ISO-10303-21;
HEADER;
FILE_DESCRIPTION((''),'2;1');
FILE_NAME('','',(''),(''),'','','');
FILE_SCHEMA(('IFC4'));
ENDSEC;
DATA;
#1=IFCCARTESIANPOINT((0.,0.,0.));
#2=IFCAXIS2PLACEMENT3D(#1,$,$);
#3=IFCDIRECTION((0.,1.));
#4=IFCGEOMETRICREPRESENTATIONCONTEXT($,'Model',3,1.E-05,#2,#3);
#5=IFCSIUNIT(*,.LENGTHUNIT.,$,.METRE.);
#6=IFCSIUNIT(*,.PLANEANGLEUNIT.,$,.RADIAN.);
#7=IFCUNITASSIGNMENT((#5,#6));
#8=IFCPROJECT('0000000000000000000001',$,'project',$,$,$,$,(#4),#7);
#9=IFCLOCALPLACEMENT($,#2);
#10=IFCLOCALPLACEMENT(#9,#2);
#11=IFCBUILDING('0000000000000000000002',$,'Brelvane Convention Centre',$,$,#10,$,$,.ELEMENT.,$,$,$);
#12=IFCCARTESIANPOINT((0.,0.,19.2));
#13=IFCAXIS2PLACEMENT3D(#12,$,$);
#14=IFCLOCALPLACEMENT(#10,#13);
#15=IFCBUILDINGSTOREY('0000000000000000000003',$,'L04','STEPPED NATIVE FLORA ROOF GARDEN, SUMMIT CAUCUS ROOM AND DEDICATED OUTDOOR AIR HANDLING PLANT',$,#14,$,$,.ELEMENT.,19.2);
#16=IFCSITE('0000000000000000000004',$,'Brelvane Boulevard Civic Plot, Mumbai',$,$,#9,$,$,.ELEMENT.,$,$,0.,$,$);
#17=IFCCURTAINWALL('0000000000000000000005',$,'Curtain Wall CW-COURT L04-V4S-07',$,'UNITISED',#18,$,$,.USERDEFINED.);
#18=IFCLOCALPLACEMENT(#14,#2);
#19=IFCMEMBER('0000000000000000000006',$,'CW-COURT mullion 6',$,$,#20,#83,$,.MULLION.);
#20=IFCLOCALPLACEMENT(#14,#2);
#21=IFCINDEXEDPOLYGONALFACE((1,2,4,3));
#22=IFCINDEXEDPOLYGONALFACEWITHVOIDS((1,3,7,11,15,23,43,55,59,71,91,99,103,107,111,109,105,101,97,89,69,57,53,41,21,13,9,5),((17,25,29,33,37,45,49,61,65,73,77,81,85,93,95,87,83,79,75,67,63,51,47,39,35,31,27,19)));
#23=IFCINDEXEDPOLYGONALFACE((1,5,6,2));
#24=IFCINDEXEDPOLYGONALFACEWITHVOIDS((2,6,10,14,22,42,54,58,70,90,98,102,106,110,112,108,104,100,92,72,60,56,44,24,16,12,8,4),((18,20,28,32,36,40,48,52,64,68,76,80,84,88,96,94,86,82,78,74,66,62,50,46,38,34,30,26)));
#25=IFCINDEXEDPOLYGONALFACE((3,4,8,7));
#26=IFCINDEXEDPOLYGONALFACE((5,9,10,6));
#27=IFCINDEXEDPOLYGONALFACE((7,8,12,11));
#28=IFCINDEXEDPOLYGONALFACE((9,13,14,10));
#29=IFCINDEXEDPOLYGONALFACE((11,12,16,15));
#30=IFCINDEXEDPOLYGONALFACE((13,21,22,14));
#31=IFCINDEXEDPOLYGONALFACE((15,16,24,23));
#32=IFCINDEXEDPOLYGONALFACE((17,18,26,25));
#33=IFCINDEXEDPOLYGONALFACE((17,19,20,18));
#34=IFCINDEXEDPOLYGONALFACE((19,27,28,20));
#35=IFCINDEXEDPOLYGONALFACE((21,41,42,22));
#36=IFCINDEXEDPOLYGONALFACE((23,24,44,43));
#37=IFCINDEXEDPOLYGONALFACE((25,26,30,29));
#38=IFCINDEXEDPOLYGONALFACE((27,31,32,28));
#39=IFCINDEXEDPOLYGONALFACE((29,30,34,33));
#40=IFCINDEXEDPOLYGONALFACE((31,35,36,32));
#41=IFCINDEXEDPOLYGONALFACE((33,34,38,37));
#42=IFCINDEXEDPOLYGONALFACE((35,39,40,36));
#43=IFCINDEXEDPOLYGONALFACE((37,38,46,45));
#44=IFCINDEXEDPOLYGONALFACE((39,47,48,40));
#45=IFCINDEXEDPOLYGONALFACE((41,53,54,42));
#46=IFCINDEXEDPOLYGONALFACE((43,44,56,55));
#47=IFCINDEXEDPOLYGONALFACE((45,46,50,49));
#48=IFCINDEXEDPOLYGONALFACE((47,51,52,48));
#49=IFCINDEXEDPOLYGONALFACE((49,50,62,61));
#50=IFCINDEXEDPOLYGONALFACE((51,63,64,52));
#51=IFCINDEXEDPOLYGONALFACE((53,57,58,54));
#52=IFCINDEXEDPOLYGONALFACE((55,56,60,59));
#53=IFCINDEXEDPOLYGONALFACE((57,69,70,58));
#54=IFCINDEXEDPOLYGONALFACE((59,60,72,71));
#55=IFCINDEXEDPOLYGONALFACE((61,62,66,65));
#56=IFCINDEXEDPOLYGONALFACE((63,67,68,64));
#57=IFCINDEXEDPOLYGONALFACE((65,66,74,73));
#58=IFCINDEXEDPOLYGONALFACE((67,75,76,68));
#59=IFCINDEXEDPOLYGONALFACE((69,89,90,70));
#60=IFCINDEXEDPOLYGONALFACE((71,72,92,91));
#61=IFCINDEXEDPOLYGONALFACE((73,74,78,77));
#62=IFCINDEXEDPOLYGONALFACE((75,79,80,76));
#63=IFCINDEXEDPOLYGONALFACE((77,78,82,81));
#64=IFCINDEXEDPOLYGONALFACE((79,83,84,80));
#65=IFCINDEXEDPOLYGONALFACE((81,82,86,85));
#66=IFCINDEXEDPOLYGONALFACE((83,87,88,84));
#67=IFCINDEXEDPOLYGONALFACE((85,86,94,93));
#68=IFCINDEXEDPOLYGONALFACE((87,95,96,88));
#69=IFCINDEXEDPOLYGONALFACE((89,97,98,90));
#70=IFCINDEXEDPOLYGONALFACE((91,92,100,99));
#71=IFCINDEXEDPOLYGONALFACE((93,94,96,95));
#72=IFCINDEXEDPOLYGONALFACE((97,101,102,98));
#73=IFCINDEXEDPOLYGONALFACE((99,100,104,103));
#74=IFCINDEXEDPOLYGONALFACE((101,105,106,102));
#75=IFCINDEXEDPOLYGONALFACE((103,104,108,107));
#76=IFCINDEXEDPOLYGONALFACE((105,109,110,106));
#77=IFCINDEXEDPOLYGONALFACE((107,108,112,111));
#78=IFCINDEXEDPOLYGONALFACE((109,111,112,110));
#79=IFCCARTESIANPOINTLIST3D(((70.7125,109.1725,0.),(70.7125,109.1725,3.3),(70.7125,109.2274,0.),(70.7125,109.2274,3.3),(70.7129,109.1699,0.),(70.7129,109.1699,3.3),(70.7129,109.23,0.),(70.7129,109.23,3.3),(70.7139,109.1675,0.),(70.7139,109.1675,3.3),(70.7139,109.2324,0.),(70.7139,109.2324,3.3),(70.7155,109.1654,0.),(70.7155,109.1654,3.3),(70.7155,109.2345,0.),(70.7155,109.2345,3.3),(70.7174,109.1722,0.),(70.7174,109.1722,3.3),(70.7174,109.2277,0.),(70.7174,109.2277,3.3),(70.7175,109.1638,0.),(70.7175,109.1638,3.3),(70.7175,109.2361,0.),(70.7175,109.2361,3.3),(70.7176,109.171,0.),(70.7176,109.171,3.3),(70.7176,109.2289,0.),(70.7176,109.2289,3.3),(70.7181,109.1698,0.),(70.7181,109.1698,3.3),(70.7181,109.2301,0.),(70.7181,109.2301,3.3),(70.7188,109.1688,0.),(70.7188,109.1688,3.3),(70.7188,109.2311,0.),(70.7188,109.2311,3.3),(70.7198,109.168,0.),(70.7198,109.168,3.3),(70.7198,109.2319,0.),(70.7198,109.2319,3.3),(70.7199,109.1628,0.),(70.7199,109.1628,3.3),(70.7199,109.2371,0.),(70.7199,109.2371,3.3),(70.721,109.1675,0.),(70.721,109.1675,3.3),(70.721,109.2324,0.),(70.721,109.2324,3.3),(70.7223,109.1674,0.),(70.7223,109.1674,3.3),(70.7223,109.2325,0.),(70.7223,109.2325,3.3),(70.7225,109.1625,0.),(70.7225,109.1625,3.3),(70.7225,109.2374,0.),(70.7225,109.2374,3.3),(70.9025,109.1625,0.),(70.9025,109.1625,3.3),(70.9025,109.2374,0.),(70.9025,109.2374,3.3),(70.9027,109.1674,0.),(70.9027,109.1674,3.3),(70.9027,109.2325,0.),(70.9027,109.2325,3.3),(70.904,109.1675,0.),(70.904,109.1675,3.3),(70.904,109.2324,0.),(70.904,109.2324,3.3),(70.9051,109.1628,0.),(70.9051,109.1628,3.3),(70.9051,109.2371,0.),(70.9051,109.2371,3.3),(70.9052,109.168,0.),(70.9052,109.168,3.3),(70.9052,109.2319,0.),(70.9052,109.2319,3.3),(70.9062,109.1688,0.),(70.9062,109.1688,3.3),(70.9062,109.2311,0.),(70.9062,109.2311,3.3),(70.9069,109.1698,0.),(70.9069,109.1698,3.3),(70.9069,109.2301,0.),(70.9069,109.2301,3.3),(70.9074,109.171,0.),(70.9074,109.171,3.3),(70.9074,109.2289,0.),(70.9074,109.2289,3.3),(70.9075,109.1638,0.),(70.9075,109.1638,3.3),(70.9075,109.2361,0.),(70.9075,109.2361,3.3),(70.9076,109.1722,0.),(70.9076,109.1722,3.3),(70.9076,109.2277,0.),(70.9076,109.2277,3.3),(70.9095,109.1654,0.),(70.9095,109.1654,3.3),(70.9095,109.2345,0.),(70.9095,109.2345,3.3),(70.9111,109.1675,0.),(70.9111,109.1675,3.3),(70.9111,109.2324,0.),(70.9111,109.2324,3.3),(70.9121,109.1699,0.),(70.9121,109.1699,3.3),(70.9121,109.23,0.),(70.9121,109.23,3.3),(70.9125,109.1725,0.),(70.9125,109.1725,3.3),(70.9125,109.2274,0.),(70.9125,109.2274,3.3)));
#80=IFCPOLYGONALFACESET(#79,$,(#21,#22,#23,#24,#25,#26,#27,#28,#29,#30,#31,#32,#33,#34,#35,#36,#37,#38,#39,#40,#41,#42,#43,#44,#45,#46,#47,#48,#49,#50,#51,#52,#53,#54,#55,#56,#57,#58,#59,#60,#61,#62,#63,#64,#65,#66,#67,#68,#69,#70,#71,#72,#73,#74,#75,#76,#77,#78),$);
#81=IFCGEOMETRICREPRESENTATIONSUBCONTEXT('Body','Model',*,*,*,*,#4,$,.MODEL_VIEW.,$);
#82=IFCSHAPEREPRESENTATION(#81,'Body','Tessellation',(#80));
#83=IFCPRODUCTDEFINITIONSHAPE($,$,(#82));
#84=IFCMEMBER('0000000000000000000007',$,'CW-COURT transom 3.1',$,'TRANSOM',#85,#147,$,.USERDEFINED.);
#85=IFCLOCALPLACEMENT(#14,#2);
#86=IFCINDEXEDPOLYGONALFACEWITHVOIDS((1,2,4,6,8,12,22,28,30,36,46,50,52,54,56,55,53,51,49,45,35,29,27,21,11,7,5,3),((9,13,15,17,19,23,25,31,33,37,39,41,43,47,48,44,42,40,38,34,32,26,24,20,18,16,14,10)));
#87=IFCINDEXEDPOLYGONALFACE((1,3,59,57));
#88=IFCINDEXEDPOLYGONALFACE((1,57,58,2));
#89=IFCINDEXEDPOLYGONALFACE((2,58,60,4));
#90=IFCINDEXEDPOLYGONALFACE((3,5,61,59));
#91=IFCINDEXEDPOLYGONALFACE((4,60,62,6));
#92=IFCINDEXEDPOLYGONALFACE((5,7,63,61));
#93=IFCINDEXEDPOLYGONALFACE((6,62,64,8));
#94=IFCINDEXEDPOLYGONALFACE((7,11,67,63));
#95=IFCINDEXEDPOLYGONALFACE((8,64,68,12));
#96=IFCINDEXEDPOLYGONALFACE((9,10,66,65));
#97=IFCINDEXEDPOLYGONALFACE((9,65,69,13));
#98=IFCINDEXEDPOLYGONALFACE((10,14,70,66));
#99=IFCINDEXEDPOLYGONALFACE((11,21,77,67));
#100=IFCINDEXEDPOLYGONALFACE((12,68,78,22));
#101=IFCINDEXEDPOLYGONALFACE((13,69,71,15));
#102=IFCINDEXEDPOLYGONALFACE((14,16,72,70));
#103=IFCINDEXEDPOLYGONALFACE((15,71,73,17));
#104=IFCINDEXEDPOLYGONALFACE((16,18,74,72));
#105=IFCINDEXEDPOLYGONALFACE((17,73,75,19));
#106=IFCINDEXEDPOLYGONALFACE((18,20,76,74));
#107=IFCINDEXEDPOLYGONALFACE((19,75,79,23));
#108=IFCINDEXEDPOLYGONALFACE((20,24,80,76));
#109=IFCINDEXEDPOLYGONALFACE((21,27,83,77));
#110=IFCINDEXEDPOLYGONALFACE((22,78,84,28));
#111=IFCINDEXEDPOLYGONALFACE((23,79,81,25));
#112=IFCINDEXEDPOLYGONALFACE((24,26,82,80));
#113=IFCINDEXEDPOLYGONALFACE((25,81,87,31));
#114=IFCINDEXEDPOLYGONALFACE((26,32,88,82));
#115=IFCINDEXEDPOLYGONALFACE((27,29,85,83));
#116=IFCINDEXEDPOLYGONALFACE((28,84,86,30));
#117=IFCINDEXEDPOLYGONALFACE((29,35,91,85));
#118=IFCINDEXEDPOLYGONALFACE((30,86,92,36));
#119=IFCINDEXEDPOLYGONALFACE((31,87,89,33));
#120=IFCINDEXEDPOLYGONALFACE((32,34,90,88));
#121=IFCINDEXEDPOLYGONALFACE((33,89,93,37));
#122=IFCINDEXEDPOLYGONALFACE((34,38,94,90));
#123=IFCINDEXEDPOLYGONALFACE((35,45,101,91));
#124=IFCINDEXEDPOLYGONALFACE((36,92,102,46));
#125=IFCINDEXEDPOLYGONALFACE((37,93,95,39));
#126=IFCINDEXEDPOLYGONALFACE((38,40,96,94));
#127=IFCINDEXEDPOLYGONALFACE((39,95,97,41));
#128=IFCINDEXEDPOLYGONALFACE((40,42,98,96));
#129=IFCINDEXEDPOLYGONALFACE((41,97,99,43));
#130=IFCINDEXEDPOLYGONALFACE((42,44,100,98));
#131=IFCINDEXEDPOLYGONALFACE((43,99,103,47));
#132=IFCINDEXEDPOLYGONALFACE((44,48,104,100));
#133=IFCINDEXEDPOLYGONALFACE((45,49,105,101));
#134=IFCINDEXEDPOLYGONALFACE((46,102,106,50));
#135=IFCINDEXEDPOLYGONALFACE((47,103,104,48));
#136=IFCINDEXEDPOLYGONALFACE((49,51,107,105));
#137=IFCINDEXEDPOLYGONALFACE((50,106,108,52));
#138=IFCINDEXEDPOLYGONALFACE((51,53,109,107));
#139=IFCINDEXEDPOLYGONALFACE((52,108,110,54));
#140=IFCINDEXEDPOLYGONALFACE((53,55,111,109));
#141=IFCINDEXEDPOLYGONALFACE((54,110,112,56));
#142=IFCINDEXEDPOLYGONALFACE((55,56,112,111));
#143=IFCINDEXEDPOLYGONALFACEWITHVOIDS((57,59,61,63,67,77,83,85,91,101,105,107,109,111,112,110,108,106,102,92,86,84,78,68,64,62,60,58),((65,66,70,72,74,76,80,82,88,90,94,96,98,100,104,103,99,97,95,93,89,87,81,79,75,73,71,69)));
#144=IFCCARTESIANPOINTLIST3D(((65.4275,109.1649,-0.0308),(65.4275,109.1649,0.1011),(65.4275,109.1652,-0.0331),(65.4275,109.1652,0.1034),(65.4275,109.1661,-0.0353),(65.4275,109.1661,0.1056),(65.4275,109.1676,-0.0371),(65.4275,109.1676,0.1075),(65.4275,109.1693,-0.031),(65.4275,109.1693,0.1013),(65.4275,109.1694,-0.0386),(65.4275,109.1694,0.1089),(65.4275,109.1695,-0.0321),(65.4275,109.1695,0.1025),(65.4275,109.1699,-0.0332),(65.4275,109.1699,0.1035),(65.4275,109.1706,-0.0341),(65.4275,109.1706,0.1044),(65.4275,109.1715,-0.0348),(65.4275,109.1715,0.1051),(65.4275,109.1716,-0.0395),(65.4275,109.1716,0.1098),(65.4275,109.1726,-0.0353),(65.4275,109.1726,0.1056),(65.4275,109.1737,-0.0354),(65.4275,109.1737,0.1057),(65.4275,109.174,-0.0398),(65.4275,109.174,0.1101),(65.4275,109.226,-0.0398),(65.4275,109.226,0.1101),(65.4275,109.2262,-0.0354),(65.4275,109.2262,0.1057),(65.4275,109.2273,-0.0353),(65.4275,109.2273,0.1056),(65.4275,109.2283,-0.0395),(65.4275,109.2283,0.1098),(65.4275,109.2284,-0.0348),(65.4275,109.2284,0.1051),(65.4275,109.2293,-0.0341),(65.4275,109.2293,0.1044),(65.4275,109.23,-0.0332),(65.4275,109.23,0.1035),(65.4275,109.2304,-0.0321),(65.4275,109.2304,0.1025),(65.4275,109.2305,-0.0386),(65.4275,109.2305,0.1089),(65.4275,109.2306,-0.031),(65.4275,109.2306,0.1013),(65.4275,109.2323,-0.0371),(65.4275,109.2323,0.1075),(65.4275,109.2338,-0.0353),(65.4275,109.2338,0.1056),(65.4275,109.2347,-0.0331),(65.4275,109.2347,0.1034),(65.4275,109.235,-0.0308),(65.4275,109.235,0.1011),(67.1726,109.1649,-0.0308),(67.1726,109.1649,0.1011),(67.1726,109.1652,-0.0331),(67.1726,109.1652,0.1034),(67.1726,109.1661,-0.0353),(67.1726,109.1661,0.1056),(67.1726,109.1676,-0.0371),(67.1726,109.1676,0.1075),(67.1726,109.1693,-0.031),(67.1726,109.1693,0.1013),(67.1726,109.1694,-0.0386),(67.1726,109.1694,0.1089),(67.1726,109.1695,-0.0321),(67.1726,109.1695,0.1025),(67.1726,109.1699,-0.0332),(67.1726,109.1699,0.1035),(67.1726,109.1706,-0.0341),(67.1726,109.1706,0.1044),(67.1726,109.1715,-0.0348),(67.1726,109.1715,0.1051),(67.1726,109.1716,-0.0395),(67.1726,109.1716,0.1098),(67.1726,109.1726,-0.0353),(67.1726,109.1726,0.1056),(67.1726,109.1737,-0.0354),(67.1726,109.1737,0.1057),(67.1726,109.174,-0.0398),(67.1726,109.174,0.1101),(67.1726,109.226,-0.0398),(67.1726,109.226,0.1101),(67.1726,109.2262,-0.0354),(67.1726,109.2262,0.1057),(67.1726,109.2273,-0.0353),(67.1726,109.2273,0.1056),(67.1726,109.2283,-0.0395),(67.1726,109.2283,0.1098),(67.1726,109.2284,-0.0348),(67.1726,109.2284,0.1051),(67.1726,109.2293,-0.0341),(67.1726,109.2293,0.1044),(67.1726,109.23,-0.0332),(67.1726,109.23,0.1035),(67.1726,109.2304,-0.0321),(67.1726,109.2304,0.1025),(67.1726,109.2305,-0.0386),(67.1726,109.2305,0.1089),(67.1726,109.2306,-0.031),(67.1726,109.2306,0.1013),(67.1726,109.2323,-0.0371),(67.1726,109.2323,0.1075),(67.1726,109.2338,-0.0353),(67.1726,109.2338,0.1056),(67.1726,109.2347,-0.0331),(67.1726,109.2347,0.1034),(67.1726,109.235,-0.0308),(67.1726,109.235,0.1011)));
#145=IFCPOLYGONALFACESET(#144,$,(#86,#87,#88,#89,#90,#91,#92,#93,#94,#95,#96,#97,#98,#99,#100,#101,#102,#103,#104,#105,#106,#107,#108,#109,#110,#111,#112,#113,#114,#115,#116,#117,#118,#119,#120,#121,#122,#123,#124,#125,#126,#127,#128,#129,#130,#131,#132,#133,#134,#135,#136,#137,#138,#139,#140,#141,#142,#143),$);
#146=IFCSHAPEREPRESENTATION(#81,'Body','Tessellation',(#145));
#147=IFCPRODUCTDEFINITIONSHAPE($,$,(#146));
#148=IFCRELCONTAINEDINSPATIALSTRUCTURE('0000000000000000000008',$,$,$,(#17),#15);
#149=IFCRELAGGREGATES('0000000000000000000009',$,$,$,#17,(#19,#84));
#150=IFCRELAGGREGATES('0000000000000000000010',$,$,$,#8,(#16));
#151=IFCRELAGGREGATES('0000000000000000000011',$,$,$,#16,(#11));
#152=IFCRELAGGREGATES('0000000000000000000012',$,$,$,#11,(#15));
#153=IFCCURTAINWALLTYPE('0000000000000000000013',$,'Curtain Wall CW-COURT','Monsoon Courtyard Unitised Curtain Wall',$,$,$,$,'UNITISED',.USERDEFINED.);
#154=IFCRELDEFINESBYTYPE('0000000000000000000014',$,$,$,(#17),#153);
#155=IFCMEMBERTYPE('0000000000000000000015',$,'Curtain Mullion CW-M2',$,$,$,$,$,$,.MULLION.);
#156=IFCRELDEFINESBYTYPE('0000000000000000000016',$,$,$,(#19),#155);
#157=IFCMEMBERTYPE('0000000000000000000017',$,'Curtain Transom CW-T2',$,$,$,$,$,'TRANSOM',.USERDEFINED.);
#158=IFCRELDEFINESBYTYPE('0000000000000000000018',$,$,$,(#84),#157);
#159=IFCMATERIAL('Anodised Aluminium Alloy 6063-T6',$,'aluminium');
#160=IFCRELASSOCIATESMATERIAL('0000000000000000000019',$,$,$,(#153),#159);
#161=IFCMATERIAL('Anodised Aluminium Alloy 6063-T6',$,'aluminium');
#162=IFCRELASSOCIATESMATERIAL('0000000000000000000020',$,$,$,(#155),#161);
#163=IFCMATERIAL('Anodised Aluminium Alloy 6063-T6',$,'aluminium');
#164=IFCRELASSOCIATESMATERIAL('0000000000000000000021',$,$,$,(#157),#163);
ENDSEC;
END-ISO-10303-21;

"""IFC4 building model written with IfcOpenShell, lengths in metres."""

from ifc_helpers import new_model, si_unit, direction, frame, origin, origin_2d, place, context, subcontext, project, spatial, hollow_rectangle, extrude, material, material_profile, profile_set, type_object, element, aggregate, save


model = new_model("IFC4")

# Units and contexts
model_context = context("Model", 3, precision=1e-05, world=origin(), true_north=direction((0.0, 1.0)))
body_context = subcontext(model_context, "Body", "Model", "MODEL_VIEW")
ifc_project = project(units=[si_unit("LENGTHUNIT", "METRE"), si_unit("PLANEANGLEUNIT", "RADIAN")], contexts=[model_context])

# Site, building, storey
site_placement = place(None, origin())
site = spatial("IfcSite", under=ifc_project, at=site_placement, Name="Brelvane Boulevard Civic Plot, Mumbai", CompositionType="ELEMENT", RefElevation=0.0)
building_placement = place(site_placement, origin())
building = spatial("IfcBuilding", under=site, at=building_placement, Name="Brelvane Convention Centre", CompositionType="ELEMENT")
storey_placement = place(building_placement, frame((0.0, 0.0, 19.2)))
storey = spatial("IfcBuildingStorey", under=building, at=storey_placement, Name="L04", Description="STEPPED NATIVE FLORA ROOF GARDEN, SUMMIT CAUCUS ROOM AND DEDICATED OUTDOOR AIR HANDLING PLANT", CompositionType="ELEMENT", Elevation=19.2)

# Curtain wall, members
ifc_material_1 = material(Name="Anodised Aluminium Alloy 6063-T6", Category="aluminium")
curtain_wall_type = type_object("IfcCurtainWallType", Name="Curtain Wall CW-COURT", Description="Monsoon Courtyard Unitised Curtain Wall", ElementType="UNITISED", PredefinedType="USERDEFINED", material=ifc_material_1)
curtain_wall_placement = place(storey_placement, origin())
curtain_wall = element("IfcCurtainWall", 1, at=curtain_wall_placement, inside=storey, type_object=curtain_wall_type, Name="Curtain Wall CW-COURT L04-V4S-07", ObjectType="UNITISED", PredefinedType="USERDEFINED")
ifc_material_2 = material(Name="Anodised Aluminium Alloy 6063-T6", Category="aluminium")
ifc_material_profile_1 = material_profile(ifc_material_2, hollow_rectangle(XDim=0.075, YDim=0.2, WallThickness=0.0049, InnerFilletRadius=0.0049, OuterFilletRadius=0.01, at=origin_2d()), Name="ALU-M 200x75x5.0")
ifc_profile_set_1 = profile_set([ifc_material_profile_1], Name="Anodised Aluminium Alloy 6063-T6")
member_type_1 = type_object("IfcMemberType", Name="Curtain Mullion CW-M2", PredefinedType="MULLION", material=ifc_profile_set_1)
member_1_placement = place(storey_placement, frame((70.8125, 109.2, 0.0), z_axis=(0.0, 0.0, 1.0), x_axis=(0.0, 1.0, 0.0)))
member_1 = element("IfcMember", 2, at=member_1_placement, type_object=member_type_1, Name="CW-COURT mullion 6", PredefinedType="MULLION", context=body_context, shape_type="SweptSolid", body=[
    extrude(hollow_rectangle(XDim=0.075, YDim=0.2, WallThickness=0.0049, InnerFilletRadius=0.0049, OuterFilletRadius=0.01, at=origin_2d()), origin(), (0.0, 0.0, 1.0), 3.3),
])
ifc_material_3 = material(Name="Anodised Aluminium Alloy 6063-T6", Category="aluminium")
ifc_material_profile_2 = material_profile(ifc_material_3, hollow_rectangle(XDim=0.0701, YDim=0.1499, WallThickness=0.0044, InnerFilletRadius=0.0044, OuterFilletRadius=0.009, at=origin_2d()), Name="ALU-T 150x70x4.5")
ifc_profile_set_2 = profile_set([ifc_material_profile_2], Name="Anodised Aluminium Alloy 6063-T6")
member_type_2 = type_object("IfcMemberType", Name="Curtain Transom CW-T2", ElementType="TRANSOM", PredefinedType="USERDEFINED", material=ifc_profile_set_2)
member_2_placement = place(storey_placement, frame((65.4275, 109.2, 0.0352), z_axis=(1.0, 0.0, 0.0), x_axis=(0.0, 1.0, 0.0)))
member_2 = element("IfcMember", 3, at=member_2_placement, type_object=member_type_2, Name="CW-COURT transom 3.1", ObjectType="TRANSOM", PredefinedType="USERDEFINED", context=body_context, shape_type="SweptSolid", body=[
    extrude(hollow_rectangle(XDim=0.0701, YDim=0.1499, WallThickness=0.0044, InnerFilletRadius=0.0044, OuterFilletRadius=0.009, at=origin_2d()), origin(), (0.0, 0.0, 1.0), 1.7451),
])

aggregate(curtain_wall, [member_1, member_2])

save(model, "model.ifc")
